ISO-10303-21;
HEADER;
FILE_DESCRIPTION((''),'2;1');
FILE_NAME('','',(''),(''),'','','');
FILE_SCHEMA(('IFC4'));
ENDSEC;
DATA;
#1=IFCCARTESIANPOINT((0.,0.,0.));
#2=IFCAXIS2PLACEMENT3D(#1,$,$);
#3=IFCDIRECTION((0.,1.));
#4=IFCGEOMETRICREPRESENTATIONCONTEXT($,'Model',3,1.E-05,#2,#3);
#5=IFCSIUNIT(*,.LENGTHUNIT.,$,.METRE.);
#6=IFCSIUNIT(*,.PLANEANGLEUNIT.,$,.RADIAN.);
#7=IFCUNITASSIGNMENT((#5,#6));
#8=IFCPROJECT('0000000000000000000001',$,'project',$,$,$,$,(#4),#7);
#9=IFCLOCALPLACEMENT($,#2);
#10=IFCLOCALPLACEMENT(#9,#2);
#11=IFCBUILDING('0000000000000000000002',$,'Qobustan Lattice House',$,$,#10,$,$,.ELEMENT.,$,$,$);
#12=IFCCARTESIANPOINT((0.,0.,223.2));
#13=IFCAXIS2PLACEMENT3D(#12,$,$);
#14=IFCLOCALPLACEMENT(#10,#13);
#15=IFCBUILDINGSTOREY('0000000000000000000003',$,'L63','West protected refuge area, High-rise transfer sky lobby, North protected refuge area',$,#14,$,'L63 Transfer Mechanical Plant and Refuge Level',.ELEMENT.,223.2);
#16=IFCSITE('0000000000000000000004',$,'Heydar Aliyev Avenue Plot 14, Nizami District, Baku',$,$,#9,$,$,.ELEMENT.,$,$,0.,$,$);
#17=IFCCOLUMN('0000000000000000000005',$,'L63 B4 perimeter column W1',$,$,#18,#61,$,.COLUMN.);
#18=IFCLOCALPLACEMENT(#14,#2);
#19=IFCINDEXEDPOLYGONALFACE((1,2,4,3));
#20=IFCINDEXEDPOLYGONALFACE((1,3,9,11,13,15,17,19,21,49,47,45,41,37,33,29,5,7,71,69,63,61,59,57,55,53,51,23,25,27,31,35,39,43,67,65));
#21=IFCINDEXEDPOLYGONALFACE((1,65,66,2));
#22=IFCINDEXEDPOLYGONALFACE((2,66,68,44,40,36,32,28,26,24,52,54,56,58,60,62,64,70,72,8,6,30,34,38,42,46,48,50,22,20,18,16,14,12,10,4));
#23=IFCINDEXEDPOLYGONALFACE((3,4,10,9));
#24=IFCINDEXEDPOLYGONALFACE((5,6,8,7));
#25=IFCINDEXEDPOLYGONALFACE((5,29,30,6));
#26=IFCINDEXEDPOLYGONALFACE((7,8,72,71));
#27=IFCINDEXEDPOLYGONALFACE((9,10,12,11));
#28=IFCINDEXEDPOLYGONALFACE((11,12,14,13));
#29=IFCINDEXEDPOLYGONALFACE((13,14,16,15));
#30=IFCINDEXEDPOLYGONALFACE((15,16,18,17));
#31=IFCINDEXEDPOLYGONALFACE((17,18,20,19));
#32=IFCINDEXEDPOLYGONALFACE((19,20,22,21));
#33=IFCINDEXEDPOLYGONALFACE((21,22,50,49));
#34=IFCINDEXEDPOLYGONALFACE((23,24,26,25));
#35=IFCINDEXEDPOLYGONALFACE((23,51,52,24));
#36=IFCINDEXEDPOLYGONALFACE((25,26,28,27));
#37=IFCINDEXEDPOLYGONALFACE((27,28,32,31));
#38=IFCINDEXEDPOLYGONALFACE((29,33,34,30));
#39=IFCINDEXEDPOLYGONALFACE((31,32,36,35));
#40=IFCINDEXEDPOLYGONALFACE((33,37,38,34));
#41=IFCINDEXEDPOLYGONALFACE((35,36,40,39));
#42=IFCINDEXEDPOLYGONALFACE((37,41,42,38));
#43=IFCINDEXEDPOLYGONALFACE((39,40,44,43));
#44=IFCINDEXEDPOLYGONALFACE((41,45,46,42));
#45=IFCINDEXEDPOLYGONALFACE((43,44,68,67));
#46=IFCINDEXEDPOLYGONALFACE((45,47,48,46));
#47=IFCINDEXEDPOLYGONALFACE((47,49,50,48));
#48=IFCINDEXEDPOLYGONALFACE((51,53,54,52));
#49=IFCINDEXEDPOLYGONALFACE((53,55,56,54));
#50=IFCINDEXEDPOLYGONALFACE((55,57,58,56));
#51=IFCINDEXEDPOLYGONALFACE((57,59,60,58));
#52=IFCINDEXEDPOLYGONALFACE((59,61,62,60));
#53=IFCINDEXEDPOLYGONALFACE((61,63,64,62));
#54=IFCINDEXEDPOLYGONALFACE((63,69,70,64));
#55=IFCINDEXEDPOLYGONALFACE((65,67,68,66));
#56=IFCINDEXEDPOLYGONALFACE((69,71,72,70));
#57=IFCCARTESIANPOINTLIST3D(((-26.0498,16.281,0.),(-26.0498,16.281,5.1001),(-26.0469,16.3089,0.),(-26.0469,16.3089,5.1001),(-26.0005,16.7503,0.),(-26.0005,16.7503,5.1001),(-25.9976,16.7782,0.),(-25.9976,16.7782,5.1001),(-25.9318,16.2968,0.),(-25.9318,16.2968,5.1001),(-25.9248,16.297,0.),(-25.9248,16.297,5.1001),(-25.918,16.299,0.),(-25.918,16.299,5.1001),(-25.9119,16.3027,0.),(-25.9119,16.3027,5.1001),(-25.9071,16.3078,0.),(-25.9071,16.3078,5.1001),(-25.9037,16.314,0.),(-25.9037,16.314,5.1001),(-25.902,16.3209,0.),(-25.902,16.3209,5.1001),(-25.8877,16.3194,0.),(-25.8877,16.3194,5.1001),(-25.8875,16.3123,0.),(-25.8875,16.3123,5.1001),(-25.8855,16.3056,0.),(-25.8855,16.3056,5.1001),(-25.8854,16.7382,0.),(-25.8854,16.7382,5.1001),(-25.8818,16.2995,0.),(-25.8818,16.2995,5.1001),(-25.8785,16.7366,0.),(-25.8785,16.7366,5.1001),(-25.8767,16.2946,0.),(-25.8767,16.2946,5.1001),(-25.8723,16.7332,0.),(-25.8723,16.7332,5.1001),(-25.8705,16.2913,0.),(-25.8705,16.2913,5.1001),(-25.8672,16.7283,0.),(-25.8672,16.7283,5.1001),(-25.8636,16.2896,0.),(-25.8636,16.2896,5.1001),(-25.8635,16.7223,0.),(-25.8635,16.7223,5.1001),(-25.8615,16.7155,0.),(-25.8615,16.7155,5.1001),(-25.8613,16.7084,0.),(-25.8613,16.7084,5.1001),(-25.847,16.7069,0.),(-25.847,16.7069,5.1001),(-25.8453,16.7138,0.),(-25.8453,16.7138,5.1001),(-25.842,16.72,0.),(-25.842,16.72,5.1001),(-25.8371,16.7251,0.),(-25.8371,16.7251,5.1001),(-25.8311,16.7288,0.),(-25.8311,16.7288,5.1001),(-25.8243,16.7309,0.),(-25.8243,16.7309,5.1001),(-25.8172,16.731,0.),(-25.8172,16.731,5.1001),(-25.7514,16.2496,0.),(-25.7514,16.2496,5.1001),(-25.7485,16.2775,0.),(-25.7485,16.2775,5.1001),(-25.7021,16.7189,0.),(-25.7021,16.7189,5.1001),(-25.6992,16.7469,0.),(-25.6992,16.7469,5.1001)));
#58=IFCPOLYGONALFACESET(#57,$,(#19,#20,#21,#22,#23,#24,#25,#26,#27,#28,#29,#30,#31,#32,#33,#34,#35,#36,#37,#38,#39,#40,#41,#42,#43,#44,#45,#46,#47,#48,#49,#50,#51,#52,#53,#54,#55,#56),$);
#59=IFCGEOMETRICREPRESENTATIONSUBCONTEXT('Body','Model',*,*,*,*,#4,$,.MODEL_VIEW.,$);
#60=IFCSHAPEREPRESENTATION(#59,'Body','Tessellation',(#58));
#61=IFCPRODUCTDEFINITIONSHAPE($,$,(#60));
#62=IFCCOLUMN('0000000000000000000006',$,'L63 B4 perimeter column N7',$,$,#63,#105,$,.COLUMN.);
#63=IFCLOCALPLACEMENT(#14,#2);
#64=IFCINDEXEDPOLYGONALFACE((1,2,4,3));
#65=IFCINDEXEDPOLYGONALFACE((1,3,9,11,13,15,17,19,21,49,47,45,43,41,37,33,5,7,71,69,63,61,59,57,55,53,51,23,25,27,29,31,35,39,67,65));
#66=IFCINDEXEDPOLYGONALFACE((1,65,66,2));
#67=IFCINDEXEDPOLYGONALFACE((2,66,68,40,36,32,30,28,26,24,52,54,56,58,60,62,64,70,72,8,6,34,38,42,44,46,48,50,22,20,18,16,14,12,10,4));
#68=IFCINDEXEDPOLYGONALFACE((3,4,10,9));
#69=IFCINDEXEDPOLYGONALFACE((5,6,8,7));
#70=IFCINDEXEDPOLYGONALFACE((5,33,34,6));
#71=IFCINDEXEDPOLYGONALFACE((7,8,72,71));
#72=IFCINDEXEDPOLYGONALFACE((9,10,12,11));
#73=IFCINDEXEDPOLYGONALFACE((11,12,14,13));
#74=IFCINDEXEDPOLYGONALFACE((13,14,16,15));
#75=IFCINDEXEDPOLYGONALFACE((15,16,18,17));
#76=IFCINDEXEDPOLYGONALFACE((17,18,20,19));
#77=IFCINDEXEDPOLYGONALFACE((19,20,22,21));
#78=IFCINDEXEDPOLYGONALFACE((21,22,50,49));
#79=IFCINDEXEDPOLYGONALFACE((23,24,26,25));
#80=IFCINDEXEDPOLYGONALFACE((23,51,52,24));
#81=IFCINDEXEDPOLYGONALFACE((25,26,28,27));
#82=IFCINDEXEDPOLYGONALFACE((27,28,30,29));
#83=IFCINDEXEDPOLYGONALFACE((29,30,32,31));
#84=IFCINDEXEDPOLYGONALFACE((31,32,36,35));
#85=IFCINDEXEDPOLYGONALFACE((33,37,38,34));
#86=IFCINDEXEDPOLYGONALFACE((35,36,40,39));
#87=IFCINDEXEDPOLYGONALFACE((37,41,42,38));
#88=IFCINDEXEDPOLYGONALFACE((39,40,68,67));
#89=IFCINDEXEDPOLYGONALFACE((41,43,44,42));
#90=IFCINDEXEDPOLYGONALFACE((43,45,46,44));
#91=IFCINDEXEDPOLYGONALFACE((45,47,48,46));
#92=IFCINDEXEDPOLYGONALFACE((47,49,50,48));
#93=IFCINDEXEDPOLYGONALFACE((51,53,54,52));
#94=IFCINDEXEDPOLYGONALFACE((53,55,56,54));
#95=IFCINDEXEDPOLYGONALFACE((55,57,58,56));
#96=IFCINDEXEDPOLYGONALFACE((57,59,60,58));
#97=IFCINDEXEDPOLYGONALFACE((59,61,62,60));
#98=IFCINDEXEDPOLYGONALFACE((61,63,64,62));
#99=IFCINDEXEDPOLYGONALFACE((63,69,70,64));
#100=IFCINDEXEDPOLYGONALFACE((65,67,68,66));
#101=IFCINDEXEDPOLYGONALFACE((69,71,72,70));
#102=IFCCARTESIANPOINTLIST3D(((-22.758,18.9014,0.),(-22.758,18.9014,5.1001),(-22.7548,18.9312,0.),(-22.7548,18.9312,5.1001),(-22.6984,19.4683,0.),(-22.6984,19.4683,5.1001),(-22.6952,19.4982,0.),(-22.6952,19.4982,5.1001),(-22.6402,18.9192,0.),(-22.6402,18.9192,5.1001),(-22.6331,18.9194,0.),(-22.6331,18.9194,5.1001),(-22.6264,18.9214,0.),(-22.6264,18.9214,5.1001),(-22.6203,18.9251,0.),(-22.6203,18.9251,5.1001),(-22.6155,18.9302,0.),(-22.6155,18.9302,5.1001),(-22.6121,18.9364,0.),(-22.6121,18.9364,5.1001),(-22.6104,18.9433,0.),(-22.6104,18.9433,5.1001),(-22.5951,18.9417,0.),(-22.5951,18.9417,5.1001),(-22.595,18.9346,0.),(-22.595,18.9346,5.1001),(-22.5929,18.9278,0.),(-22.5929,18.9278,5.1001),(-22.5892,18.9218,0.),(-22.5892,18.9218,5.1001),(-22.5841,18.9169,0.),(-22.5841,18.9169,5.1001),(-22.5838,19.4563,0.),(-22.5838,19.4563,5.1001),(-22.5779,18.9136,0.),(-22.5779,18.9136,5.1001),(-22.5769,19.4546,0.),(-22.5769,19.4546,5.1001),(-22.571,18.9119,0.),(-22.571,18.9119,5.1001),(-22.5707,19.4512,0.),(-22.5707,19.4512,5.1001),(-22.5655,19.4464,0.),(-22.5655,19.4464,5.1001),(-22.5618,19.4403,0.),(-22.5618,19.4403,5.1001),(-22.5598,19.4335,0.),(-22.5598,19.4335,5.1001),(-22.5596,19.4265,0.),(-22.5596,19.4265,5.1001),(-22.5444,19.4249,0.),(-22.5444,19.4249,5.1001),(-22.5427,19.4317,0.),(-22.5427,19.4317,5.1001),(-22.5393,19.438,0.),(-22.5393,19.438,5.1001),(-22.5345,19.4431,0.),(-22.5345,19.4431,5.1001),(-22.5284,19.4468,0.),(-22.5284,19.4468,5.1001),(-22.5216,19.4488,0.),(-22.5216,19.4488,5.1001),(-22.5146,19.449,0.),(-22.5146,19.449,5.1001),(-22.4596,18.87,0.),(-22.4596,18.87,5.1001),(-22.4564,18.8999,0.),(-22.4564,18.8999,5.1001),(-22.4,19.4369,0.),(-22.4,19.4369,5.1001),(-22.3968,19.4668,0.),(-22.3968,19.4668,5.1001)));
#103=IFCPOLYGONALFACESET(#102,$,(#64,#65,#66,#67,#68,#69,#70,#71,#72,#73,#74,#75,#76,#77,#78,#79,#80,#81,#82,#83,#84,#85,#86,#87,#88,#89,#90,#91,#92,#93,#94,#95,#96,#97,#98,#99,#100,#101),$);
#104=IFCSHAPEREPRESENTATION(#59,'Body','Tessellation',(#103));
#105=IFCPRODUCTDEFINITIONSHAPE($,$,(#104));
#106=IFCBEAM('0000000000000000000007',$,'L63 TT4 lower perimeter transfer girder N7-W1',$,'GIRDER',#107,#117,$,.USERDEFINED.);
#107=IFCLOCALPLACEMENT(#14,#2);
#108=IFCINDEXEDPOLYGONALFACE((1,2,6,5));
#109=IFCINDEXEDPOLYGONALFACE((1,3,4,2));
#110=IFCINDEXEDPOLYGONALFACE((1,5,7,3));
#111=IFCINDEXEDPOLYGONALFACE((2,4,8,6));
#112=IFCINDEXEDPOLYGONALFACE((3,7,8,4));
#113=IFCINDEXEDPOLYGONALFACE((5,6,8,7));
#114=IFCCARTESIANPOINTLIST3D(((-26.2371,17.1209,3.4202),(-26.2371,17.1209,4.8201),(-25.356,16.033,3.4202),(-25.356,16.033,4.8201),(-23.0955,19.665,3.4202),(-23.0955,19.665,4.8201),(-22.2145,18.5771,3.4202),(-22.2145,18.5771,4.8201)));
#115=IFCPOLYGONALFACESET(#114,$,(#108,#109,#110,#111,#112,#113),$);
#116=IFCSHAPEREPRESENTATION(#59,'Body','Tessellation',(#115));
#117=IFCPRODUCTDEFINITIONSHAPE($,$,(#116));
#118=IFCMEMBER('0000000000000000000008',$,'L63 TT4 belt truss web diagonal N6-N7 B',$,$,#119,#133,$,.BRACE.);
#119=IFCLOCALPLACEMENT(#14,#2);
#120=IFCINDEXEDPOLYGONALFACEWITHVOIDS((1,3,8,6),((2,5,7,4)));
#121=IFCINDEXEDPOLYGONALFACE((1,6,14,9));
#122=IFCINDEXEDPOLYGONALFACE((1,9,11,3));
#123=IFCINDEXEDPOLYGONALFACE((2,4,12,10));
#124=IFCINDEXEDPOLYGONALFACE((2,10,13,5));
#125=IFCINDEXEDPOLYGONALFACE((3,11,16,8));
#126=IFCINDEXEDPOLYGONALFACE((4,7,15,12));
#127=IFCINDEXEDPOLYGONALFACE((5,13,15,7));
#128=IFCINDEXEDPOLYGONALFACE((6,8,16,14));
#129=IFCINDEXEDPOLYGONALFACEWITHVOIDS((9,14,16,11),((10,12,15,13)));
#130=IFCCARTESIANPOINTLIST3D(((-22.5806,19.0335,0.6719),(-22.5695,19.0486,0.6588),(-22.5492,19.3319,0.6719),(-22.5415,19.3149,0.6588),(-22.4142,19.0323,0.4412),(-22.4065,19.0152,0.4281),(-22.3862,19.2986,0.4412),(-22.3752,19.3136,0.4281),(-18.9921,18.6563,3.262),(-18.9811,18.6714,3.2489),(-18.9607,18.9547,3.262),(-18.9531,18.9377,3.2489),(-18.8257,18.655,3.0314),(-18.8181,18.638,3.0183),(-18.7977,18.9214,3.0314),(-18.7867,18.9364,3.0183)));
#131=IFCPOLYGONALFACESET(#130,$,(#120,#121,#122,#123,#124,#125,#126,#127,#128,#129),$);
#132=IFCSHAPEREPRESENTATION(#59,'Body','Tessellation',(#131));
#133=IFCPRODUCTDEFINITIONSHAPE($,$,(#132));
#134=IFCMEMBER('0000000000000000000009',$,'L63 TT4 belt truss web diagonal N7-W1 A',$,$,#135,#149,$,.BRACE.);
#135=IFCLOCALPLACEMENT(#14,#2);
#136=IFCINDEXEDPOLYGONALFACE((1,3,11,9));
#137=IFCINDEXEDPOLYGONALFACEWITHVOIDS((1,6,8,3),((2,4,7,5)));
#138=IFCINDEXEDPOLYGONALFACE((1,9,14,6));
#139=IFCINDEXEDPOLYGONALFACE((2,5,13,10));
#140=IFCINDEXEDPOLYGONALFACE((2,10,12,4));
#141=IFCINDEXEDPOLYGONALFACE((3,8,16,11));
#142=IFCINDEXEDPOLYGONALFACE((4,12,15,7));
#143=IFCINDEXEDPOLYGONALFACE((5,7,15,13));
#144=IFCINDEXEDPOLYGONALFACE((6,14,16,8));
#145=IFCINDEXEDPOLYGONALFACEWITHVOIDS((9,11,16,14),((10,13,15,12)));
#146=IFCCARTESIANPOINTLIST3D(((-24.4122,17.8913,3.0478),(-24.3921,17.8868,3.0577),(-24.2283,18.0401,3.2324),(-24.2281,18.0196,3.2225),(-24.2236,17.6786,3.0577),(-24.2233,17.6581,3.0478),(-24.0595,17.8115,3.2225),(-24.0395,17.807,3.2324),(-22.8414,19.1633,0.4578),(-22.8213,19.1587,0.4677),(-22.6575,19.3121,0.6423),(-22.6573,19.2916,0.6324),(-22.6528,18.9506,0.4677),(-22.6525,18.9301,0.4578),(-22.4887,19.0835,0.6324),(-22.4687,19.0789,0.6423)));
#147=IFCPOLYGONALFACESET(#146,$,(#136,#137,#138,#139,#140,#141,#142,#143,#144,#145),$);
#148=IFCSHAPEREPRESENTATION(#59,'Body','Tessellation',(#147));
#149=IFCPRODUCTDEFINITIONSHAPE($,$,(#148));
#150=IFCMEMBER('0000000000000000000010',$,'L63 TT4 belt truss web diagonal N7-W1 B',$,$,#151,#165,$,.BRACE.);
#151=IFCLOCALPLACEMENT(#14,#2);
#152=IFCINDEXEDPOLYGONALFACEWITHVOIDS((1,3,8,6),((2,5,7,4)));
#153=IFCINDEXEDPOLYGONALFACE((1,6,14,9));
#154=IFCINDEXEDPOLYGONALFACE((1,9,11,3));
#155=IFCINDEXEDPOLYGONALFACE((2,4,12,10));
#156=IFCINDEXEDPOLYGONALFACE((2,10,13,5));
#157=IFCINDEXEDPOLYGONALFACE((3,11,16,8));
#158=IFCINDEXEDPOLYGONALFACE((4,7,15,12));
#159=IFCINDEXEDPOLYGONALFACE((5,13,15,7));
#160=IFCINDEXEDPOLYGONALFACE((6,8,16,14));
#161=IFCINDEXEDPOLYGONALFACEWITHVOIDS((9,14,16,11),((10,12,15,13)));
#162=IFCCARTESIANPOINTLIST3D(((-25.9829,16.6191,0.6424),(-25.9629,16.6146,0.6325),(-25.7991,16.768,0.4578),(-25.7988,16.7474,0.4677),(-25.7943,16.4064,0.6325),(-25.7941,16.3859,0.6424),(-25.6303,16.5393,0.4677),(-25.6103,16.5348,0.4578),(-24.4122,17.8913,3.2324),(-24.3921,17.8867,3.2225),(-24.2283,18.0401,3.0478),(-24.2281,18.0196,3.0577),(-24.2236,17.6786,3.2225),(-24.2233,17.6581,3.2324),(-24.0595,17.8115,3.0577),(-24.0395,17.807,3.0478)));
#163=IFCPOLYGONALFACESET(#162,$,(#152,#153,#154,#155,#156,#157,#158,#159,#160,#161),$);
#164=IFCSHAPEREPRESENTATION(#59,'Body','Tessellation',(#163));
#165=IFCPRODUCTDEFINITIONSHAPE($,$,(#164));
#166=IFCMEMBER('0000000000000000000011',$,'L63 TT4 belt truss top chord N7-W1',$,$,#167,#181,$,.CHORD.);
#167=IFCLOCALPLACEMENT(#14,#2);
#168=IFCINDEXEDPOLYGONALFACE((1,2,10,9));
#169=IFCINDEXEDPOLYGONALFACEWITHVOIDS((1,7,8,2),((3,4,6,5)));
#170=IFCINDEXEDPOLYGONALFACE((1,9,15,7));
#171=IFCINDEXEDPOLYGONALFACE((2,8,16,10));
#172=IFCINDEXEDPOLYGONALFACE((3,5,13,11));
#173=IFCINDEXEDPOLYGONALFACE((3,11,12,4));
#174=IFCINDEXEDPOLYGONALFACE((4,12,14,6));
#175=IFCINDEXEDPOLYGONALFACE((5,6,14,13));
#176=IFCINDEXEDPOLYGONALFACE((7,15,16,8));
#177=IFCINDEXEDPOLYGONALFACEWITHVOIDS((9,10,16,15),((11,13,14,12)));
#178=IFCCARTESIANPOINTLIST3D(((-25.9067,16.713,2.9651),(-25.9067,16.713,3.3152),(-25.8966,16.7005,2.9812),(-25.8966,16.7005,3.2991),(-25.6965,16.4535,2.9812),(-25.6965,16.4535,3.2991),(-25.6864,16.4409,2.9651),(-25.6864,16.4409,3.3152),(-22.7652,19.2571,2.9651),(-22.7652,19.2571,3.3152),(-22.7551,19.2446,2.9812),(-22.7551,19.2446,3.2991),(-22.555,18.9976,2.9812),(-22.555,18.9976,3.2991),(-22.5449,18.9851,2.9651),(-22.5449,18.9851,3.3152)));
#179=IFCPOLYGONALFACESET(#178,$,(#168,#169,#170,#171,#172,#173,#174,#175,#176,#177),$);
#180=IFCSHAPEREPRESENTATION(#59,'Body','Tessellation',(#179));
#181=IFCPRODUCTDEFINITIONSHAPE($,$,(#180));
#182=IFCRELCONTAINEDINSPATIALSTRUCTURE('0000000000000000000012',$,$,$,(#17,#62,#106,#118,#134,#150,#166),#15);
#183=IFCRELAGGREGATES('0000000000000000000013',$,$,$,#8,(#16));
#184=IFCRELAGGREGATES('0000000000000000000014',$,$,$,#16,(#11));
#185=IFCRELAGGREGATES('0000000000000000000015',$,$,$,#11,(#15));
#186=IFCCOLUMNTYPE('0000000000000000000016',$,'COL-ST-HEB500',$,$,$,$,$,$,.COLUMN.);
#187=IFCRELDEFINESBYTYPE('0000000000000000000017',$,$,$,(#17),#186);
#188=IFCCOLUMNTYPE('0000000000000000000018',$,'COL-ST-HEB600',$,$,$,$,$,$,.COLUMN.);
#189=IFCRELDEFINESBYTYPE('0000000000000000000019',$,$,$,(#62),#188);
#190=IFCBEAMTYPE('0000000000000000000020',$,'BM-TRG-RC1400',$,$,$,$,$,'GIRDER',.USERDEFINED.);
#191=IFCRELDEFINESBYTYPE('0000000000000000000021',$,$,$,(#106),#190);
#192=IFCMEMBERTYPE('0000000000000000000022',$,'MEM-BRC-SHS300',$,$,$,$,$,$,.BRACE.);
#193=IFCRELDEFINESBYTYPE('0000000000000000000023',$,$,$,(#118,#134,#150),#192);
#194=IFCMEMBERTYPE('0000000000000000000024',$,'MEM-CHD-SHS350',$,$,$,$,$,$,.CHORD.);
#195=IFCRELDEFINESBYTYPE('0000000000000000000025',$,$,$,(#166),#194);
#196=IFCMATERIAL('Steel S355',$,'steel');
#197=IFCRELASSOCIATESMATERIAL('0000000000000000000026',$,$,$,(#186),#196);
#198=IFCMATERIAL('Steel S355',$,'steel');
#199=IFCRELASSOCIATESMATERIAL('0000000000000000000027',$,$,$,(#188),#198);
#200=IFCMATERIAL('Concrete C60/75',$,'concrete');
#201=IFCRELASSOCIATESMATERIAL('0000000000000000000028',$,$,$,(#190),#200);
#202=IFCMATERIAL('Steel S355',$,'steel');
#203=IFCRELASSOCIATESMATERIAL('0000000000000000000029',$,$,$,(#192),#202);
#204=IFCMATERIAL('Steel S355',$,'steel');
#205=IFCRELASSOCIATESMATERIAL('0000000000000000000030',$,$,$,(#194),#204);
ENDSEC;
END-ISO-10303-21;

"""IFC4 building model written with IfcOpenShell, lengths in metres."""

from ifc_helpers import new_model, si_unit, direction, frame, origin, origin_2d, place, context, subcontext, project, spatial, rectangle, hollow_rectangle, i_section, extrude, material, material_profile, profile_set, type_object, element, save


model = new_model("IFC4")

# Units and contexts
model_context = context("Model", 3, precision=1e-05, world=origin(), true_north=direction((0.0, 1.0)))
body_context = subcontext(model_context, "Body", "Model", "MODEL_VIEW")
ifc_project = project(units=[si_unit("LENGTHUNIT", "METRE"), si_unit("PLANEANGLEUNIT", "RADIAN")], contexts=[model_context])

# Site, building, storey
site_placement = place(None, origin())
site = spatial("IfcSite", under=ifc_project, at=site_placement, Name="Heydar Aliyev Avenue Plot 14, Nizami District, Baku", CompositionType="ELEMENT", RefElevation=0.0)
building_placement = place(site_placement, origin())
building = spatial("IfcBuilding", under=site, at=building_placement, Name="Qobustan Lattice House", CompositionType="ELEMENT")
storey_placement = place(building_placement, frame((0.0, 0.0, 223.2)))
storey = spatial("IfcBuildingStorey", under=building, at=storey_placement, Name="L63", Description="West protected refuge area, High-rise transfer sky lobby, North protected refuge area", LongName="L63 Transfer Mechanical Plant and Refuge Level", CompositionType="ELEMENT", Elevation=223.2)

# Columns
ifc_material_1 = material(Name="Steel S355", Category="steel")
ifc_material_profile_1 = material_profile(ifc_material_1, i_section(OverallWidth=0.3, OverallDepth=0.5, WebThickness=0.0144, FlangeThickness=0.0281, FilletRadius=0.0271, at=origin_2d()), Name="HEB500")
ifc_profile_set_1 = profile_set([ifc_material_profile_1], Name="Steel S355")
column_type_1 = type_object("IfcColumnType", Name="COL-ST-HEB500", PredefinedType="COLUMN", material=ifc_profile_set_1)
column_1_placement = place(storey_placement, frame((-25.8745, 16.5139, 0.0), z_axis=(0.0, 0.0, 1.0), x_axis=(0.994522, -0.104528, 0.0)))
element("IfcColumn", 1, at=column_1_placement, inside=storey, type_object=column_type_1, Name="L63 B4 perimeter column W1", PredefinedType="COLUMN", context=body_context, shape_type="SweptSolid", body=[
    extrude(i_section(OverallWidth=0.3, OverallDepth=0.5, WebThickness=0.0144, FlangeThickness=0.0281, FilletRadius=0.0271, at=origin_2d()), origin(), (0.0, 0.0, 1.0), 5.1001),
])
ifc_material_2 = material(Name="Steel S355", Category="steel")
ifc_material_profile_2 = material_profile(ifc_material_2, i_section(OverallWidth=0.3, OverallDepth=0.6001, WebThickness=0.0154, FlangeThickness=0.03, FilletRadius=0.0271, at=origin_2d()), Name="HEB600")
ifc_profile_set_2 = profile_set([ifc_material_profile_2], Name="Steel S355")
column_type_2 = type_object("IfcColumnType", Name="COL-ST-HEB600", PredefinedType="COLUMN", material=ifc_profile_set_2)
column_2_placement = place(storey_placement, frame((-22.5774, 19.1841, 0.0), z_axis=(0.0, 0.0, 1.0), x_axis=(0.994522, -0.104528, 0.0)))
element("IfcColumn", 2, at=column_2_placement, inside=storey, type_object=column_type_2, Name="L63 B4 perimeter column N7", PredefinedType="COLUMN", context=body_context, shape_type="SweptSolid", body=[
    extrude(i_section(OverallWidth=0.3, OverallDepth=0.6001, WebThickness=0.0154, FlangeThickness=0.03, FilletRadius=0.0271, at=origin_2d()), origin(), (0.0, 0.0, 1.0), 5.1001),
])

# Beam
ifc_material_3 = material(Name="Concrete C60/75", Category="concrete")
ifc_material_profile_3 = material_profile(ifc_material_3, rectangle(XDim=1.3999, YDim=1.3999, at=origin_2d()), Name="RC1400x1400")
ifc_profile_set_3 = profile_set([ifc_material_profile_3], Name="Concrete C60/75")
beam_type = type_object("IfcBeamType", Name="BM-TRG-RC1400", ElementType="GIRDER", PredefinedType="USERDEFINED", material=ifc_profile_set_3)
beam_placement = place(storey_placement, frame((-22.655, 19.1211, 4.1201), z_axis=(-0.777125, -0.629346, 0.0), x_axis=(0.629346, -0.777125, 0.0)))
element("IfcBeam", 3, at=beam_placement, inside=storey, type_object=beam_type, Name="L63 TT4 lower perimeter transfer girder N7-W1", ObjectType="GIRDER", PredefinedType="USERDEFINED", context=body_context, shape_type="SweptSolid", body=[
    extrude(rectangle(XDim=1.3999, YDim=1.3999, at=origin_2d()), origin(), (0.0, 0.0, 1.0), 4.0425),
])

# Members
ifc_material_4 = material(Name="Steel S355", Category="steel")
ifc_material_profile_4 = material_profile(ifc_material_4, hollow_rectangle(XDim=0.3, YDim=0.3, WallThickness=0.0161, at=origin_2d()), Name="SHS300x300x16")
ifc_profile_set_4 = profile_set([ifc_material_profile_4], Name="Steel S355")
member_type_1 = type_object("IfcMemberType", Name="MEM-BRC-SHS300", PredefinedType="BRACE", material=ifc_profile_set_4)
member_1_placement = place(storey_placement, frame((-18.8894, 18.7964, 3.1401), z_axis=(-0.807913, 0.084925, -0.583151), x_axis=(-0.10454, -0.994521, 0.0)))
element("IfcMember", 4, at=member_1_placement, inside=storey, type_object=member_type_1, Name="L63 TT4 belt truss web diagonal N6-N7 B", PredefinedType="BRACE", context=body_context, shape_type="SweptSolid", body=[
    extrude(hollow_rectangle(XDim=0.3, YDim=0.3, WallThickness=0.0161, at=origin_2d()), origin(), (0.0, 0.0, 1.0), 4.4417),
])
for number, where, z_axis, x_axis, name in (
    (5, (-22.655, 19.1211, 0.55), (-0.478115, -0.387159, 0.788362), (0.629309, -0.777155, 0.0), "L63 TT4 belt truss web diagonal N7-W1 A"),
    (6, (-24.2258, 17.8491, 3.1401), (-0.478101, -0.387222, -0.788339), (0.629382, -0.777096, 0.0), "L63 TT4 belt truss web diagonal N7-W1 B"),
):
    element("IfcMember", number, at=place(storey_placement, frame(where, z_axis=z_axis, x_axis=x_axis)), inside=storey, type_object=member_type_1, Name=name, PredefinedType="BRACE", context=body_context, shape_type="SweptSolid", body=[
        extrude(hollow_rectangle(XDim=0.3, YDim=0.3, WallThickness=0.0161, at=origin_2d()), origin(), (0.0, 0.0, 1.0), 3.2854),
    ])
ifc_material_5 = material(Name="Steel S355", Category="steel")
ifc_material_profile_5 = material_profile(ifc_material_5, hollow_rectangle(XDim=0.3501, YDim=0.3501, WallThickness=0.0161, at=origin_2d()), Name="SHS350x350x16")
ifc_profile_set_5 = profile_set([ifc_material_profile_5], Name="Steel S355")
member_type_2 = type_object("IfcMemberType", Name="MEM-CHD-SHS350", PredefinedType="CHORD", material=ifc_profile_set_5)
member_2_placement = place(storey_placement, frame((-22.655, 19.1211, 3.1401), z_axis=(-0.777125, -0.629346, 0.0), x_axis=(0.629346, -0.777125, 0.0)))
element("IfcMember", 7, at=member_2_placement, inside=storey, type_object=member_type_2, Name="L63 TT4 belt truss top chord N7-W1", PredefinedType="CHORD", context=body_context, shape_type="SweptSolid", body=[
    extrude(hollow_rectangle(XDim=0.3501, YDim=0.3501, WallThickness=0.0161, at=origin_2d()), origin(), (0.0, 0.0, 1.0), 4.0425),
])

save(model, "model.ifc")
